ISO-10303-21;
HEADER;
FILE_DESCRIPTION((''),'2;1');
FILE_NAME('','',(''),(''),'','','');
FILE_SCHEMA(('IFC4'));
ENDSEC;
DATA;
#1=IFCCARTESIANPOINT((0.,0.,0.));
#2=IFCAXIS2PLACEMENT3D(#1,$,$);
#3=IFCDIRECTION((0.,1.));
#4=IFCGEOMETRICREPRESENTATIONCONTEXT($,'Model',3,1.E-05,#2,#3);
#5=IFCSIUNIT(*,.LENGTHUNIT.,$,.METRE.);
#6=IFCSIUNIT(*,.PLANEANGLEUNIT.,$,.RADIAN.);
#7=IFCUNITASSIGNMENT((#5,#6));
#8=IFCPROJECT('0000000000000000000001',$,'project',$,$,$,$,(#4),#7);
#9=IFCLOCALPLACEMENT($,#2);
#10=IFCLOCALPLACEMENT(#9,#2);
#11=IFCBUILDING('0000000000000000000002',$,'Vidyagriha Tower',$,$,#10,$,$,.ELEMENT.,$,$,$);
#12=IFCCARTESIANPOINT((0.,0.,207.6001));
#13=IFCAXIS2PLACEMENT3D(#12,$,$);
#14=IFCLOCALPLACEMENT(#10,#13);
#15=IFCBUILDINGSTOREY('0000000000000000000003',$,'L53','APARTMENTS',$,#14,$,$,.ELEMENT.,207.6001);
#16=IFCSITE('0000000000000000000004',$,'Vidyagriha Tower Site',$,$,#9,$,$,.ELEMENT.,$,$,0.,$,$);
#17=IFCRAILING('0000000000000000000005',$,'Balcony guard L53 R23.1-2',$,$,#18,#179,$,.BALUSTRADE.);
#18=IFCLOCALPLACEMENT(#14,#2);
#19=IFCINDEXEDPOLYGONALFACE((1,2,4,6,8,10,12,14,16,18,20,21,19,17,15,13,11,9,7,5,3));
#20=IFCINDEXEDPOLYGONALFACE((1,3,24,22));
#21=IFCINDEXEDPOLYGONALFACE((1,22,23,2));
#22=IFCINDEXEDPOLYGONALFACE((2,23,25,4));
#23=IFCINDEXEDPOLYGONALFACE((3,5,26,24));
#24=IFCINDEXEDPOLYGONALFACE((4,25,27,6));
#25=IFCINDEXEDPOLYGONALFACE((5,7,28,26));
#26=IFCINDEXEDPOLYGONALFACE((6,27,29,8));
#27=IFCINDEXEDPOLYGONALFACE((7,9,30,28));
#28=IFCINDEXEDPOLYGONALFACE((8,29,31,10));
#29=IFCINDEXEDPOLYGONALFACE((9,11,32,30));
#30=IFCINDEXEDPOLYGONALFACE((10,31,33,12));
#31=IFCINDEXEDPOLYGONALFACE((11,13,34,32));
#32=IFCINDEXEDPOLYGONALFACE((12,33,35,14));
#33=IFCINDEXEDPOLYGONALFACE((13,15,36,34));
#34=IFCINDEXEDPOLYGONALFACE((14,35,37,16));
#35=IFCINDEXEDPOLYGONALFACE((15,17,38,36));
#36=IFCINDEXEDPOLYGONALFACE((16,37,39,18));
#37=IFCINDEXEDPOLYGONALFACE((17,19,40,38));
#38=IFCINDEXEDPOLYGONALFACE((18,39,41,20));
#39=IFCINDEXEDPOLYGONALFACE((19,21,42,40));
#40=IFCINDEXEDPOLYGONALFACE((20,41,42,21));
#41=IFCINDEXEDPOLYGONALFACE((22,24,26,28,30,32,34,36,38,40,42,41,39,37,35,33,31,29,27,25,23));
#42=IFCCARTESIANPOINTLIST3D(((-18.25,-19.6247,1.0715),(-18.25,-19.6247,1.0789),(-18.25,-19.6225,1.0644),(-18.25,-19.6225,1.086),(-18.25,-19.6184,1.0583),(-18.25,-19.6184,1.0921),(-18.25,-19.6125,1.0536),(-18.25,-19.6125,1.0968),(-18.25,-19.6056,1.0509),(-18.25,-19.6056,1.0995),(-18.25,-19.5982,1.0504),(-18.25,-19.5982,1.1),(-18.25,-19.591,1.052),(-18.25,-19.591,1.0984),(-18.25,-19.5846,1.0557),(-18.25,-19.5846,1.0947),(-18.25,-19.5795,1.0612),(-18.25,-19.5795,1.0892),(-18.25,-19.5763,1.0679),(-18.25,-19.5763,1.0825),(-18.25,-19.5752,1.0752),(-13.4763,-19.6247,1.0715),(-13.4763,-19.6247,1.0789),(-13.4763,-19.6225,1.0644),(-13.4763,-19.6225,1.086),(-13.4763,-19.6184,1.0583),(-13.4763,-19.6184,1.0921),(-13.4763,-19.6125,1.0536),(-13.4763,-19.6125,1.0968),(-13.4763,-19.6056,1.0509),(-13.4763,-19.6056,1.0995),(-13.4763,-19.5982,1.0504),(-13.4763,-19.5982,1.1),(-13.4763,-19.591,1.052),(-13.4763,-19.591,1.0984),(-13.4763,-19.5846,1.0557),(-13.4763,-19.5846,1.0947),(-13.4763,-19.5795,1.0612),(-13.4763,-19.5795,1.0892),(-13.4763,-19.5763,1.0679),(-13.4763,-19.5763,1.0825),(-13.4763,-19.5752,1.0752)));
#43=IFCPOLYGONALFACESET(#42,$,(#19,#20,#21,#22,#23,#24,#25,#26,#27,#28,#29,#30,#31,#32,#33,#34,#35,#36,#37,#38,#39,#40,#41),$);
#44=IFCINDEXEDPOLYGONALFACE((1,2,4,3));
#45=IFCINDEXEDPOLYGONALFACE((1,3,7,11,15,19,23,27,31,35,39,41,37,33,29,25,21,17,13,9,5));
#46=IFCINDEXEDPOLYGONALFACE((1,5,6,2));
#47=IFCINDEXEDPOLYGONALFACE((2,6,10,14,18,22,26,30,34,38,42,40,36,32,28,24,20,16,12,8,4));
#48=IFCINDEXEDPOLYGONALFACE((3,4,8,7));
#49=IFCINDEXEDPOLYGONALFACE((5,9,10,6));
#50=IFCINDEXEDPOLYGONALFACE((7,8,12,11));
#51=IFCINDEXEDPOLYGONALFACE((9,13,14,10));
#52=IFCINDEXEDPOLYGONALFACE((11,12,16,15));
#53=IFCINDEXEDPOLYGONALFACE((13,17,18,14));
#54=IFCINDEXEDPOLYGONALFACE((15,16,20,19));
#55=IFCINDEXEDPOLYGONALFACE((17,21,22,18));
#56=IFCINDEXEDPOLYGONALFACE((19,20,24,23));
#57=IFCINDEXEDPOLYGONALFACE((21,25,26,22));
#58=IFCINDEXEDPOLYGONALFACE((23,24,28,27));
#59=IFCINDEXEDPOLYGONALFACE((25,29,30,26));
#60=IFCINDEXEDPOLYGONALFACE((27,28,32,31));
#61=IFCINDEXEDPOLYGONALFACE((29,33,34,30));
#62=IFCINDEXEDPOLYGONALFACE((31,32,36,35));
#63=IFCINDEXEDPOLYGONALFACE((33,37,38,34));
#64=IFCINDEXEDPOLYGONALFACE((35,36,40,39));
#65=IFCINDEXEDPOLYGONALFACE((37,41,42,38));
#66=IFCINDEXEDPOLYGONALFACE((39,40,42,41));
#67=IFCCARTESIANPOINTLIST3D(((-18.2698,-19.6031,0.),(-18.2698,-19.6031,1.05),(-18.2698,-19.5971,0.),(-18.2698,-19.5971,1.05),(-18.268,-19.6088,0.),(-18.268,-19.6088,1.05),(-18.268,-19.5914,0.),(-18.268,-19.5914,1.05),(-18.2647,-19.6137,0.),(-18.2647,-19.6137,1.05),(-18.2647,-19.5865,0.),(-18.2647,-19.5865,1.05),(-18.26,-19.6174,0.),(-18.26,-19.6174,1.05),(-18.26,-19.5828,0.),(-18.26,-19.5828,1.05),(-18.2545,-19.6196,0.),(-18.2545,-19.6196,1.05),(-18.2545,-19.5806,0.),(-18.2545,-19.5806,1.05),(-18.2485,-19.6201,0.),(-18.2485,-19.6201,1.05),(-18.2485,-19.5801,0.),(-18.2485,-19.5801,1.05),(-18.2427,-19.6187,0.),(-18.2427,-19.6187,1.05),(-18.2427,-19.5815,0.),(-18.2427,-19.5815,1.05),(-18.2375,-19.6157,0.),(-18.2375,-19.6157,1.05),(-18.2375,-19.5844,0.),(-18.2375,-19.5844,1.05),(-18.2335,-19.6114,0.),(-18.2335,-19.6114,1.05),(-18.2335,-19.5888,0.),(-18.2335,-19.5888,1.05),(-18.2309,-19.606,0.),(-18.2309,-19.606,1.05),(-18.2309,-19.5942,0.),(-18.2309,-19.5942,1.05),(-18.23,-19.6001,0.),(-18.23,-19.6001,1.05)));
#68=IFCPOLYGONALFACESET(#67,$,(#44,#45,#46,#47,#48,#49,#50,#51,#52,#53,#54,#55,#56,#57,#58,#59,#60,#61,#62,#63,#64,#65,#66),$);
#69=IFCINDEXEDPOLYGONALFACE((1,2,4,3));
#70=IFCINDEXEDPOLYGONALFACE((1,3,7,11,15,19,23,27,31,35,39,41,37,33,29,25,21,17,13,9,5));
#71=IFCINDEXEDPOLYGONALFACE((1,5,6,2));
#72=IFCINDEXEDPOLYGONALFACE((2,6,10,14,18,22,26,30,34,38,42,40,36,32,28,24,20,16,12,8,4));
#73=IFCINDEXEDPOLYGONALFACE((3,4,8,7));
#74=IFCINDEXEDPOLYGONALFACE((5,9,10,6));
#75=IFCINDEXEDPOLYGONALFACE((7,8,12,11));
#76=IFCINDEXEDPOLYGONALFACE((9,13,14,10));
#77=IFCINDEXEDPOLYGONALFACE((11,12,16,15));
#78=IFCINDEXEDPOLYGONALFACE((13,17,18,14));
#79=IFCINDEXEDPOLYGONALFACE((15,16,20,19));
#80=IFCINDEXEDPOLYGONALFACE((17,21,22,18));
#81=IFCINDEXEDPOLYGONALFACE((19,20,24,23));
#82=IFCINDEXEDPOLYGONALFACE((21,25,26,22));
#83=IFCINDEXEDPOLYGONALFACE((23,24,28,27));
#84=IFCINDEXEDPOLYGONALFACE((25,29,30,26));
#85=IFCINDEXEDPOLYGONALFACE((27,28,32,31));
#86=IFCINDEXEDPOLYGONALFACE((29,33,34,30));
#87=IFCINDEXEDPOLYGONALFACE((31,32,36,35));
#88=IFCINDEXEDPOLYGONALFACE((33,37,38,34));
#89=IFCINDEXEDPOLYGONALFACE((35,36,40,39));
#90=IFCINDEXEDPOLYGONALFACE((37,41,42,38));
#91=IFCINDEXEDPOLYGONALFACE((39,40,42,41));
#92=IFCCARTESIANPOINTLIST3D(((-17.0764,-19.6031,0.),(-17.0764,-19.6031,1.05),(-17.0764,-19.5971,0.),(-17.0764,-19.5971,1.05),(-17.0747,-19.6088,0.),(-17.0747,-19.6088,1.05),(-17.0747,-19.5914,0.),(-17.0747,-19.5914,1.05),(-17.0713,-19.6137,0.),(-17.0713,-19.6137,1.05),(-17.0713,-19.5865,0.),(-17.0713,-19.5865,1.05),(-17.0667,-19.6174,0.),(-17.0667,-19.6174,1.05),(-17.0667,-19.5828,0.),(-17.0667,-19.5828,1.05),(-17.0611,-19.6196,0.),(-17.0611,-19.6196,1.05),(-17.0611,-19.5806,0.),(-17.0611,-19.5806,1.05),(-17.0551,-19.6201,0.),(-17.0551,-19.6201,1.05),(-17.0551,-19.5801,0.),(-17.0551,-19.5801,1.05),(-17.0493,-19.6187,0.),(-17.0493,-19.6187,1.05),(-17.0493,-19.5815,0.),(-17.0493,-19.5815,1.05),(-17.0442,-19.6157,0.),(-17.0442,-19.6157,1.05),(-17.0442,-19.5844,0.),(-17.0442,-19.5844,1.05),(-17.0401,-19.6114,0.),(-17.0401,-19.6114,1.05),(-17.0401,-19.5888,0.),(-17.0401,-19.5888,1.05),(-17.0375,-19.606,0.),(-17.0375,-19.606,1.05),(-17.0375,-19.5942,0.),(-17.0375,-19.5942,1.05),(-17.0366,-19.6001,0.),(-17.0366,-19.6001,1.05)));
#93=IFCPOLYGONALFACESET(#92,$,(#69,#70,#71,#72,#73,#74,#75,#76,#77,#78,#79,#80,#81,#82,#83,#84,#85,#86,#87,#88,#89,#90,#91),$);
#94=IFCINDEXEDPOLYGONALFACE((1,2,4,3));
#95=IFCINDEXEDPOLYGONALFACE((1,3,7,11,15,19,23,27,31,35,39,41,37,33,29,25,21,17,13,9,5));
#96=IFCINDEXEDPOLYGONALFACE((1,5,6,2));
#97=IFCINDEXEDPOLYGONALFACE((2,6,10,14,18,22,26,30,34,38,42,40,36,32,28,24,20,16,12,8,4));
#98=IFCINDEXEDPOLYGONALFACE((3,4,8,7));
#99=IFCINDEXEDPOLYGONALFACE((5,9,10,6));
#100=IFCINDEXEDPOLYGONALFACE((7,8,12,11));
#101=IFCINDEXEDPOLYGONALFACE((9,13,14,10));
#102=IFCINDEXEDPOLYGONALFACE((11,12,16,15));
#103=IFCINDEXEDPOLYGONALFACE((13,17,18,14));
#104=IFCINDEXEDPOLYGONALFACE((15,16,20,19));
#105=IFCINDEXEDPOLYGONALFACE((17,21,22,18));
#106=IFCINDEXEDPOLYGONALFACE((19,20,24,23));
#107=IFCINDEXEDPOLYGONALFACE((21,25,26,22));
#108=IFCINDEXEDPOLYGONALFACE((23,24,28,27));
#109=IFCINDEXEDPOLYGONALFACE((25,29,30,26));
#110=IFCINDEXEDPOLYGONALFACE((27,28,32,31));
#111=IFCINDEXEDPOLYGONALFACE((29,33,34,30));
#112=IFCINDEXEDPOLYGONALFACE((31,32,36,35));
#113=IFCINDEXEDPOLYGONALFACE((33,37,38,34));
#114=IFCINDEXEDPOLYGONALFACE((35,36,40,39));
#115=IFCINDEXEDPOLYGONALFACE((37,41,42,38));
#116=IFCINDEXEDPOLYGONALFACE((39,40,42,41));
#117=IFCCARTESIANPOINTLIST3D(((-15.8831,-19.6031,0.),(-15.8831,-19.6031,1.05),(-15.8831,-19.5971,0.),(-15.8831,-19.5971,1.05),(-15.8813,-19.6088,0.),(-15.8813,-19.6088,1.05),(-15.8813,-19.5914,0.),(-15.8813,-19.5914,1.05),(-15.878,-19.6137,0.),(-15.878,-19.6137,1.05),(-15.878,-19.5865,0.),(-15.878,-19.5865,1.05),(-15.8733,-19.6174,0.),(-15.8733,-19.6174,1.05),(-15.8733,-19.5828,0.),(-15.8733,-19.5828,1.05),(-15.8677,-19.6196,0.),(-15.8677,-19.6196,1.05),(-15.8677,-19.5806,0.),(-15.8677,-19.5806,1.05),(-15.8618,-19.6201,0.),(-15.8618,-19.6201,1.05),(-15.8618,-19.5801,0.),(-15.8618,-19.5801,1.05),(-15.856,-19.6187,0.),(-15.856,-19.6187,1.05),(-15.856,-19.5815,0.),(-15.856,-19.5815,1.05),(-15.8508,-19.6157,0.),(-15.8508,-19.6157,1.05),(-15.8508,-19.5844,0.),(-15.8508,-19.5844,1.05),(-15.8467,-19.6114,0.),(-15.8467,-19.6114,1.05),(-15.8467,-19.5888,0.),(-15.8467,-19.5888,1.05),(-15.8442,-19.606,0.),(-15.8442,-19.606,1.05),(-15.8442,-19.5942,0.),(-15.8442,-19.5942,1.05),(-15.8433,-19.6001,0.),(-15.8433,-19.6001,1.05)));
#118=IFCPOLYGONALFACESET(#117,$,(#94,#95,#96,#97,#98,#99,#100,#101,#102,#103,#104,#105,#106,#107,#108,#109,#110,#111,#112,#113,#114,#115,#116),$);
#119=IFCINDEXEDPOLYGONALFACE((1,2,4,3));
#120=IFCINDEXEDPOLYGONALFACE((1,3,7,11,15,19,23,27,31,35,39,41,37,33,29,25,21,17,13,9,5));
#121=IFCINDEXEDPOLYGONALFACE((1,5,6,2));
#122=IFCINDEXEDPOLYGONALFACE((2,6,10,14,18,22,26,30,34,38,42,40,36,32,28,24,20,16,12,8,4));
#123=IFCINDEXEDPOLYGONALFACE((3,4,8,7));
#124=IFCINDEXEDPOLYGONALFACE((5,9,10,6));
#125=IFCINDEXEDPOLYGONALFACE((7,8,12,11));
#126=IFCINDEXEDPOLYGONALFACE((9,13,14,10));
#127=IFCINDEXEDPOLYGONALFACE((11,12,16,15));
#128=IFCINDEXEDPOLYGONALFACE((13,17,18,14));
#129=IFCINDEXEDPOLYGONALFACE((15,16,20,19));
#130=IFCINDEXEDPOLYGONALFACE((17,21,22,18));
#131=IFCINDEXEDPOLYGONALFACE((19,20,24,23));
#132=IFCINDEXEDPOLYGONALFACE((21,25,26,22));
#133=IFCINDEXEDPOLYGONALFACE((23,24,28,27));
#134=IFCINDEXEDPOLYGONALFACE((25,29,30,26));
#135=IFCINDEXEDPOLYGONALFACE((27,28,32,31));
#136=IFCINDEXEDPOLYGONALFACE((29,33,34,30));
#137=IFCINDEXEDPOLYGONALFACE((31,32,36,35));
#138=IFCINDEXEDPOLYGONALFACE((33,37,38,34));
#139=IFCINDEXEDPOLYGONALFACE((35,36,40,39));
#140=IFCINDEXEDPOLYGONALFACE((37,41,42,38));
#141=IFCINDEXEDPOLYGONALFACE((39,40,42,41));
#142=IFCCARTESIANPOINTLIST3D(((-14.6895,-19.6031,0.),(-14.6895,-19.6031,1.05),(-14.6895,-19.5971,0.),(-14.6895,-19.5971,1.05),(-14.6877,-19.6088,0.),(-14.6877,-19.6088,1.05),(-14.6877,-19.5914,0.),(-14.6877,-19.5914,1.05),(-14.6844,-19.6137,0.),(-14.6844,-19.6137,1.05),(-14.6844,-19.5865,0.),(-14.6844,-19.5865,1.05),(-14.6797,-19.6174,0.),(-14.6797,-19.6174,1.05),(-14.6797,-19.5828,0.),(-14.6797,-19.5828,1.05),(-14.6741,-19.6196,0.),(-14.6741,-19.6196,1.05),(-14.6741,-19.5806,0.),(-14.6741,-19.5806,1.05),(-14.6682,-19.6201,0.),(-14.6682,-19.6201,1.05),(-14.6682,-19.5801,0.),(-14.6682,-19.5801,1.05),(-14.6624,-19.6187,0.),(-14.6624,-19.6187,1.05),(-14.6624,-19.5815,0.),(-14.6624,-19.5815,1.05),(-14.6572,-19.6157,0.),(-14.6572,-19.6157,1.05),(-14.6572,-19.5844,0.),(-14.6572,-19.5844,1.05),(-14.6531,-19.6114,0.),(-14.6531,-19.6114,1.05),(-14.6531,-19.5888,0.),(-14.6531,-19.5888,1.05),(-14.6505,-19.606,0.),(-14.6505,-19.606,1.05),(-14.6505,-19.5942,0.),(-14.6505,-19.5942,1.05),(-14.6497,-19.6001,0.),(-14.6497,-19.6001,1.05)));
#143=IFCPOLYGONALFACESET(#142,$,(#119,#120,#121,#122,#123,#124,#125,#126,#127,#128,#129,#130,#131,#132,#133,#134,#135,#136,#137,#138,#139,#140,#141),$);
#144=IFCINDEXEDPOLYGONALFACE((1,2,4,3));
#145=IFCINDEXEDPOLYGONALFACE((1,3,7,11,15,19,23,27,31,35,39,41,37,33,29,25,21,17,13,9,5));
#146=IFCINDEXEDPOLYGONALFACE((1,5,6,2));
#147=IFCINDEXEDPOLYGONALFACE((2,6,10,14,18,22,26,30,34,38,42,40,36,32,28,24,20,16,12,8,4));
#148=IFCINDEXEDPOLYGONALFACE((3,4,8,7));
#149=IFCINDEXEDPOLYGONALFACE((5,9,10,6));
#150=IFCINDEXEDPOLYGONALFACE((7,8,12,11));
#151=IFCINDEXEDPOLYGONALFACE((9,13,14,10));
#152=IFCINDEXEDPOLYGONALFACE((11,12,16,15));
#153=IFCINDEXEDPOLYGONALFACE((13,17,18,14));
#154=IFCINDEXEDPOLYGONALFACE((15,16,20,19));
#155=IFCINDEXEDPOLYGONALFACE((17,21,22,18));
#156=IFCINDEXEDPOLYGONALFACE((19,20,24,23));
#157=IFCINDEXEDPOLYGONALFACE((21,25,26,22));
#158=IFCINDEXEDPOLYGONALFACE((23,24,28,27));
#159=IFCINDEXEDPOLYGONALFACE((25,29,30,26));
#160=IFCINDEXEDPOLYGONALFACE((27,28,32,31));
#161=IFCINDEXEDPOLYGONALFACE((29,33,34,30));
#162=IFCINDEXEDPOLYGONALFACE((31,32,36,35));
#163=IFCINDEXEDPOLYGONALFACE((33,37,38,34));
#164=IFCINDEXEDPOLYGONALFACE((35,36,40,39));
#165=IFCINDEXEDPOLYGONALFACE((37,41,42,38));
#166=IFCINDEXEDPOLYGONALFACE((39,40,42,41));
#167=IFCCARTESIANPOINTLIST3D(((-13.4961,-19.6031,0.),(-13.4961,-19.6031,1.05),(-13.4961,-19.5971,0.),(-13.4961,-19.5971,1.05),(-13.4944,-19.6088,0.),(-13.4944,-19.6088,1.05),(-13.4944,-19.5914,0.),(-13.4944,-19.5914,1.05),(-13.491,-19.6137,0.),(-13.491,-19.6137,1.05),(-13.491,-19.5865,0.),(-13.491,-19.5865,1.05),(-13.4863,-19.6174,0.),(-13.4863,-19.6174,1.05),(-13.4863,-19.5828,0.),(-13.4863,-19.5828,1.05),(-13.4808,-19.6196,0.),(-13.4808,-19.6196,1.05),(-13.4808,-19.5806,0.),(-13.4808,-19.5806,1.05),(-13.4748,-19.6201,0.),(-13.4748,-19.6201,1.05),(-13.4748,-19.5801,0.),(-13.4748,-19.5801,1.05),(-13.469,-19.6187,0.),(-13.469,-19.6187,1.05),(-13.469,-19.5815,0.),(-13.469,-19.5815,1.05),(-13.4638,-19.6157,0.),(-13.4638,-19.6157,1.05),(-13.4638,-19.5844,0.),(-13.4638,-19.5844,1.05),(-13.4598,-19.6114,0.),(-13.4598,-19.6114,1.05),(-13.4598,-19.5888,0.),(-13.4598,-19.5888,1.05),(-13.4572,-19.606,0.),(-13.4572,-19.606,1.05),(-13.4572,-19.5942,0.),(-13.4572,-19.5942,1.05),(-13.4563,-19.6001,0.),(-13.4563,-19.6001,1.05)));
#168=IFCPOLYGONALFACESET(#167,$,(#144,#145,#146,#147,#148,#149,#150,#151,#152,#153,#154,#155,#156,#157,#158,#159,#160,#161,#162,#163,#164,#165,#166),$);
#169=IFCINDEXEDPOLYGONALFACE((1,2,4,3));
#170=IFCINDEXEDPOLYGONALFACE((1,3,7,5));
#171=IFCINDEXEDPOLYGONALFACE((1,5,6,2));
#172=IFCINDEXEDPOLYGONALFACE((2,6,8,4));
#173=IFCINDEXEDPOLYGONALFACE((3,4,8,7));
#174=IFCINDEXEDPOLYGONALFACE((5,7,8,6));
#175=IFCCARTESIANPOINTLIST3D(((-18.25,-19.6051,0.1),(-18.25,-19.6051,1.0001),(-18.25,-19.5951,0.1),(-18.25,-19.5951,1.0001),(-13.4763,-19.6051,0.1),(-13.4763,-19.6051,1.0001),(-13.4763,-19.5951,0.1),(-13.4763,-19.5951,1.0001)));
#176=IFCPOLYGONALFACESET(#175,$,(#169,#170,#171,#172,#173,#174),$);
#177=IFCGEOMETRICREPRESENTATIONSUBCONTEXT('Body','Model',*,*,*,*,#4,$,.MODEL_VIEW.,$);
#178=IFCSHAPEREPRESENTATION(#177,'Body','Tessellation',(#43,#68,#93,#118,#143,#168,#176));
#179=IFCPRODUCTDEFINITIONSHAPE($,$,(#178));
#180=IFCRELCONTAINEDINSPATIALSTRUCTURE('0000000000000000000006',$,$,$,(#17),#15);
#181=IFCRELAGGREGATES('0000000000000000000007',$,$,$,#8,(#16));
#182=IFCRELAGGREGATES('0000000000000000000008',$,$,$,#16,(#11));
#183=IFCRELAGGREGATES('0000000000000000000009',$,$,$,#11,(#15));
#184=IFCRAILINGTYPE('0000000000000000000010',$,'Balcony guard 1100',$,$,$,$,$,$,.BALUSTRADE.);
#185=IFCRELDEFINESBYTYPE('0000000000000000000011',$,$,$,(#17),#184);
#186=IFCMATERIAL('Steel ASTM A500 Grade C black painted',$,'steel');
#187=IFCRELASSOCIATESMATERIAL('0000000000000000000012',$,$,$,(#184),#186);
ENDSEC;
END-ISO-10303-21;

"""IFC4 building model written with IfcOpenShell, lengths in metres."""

from ifc_helpers import new_model, si_unit, direction, frame, origin, origin_2d, place, context, subcontext, project, spatial, rectangle, circle, extrude, material, type_object, element, save


model = new_model("IFC4")

# Units and contexts
model_context = context("Model", 3, precision=1e-05, world=origin(), true_north=direction((0.0, 1.0)))
body_context = subcontext(model_context, "Body", "Model", "MODEL_VIEW")
ifc_project = project(units=[si_unit("LENGTHUNIT", "METRE"), si_unit("PLANEANGLEUNIT", "RADIAN")], contexts=[model_context])

# Site, building, storey
site_placement = place(None, origin())
site = spatial("IfcSite", under=ifc_project, at=site_placement, Name="Vidyagriha Tower Site", CompositionType="ELEMENT", RefElevation=0.0)
building_placement = place(site_placement, origin())
building = spatial("IfcBuilding", under=site, at=building_placement, Name="Vidyagriha Tower", CompositionType="ELEMENT")
storey_placement = place(building_placement, frame((0.0, 0.0, 207.6001)))
storey = spatial("IfcBuildingStorey", under=building, at=storey_placement, Name="L53", Description="APARTMENTS", CompositionType="ELEMENT", Elevation=207.6001)

# Railing
ifc_material_1 = material(Name="Steel ASTM A500 Grade C black painted", Category="steel")
railing_type = type_object("IfcRailingType", Name="Balcony guard 1100", PredefinedType="BALUSTRADE", material=ifc_material_1)
railing_1_placement = place(storey_placement, frame((-18.25, -19.6001, 0.0)))
element("IfcRailing", 1, at=railing_1_placement, inside=storey, type_object=railing_type, Name="Balcony guard L53 R23.1-2", PredefinedType="BALUSTRADE", context=body_context, shape_type="SweptSolid", body=[
    extrude(circle(Radius=0.0249, at=origin_2d()), frame((0.0, 0.0, 1.0752), z_axis=(1.0, 0.0, 0.0), x_axis=(0.0, 1.0, 0.0)), (0.0, 0.0, 1.0), 4.7737),
    extrude(circle(Radius=0.02, at=origin_2d()), origin(), (0.0, 0.0, 1.0), 1.05),
    extrude(circle(Radius=0.02, at=origin_2d()), frame((1.1934, 0.0, 0.0)), (0.0, 0.0, 1.0), 1.05),
    extrude(circle(Radius=0.02, at=origin_2d()), frame((2.3867, 0.0, 0.0)), (0.0, 0.0, 1.0), 1.05),
    extrude(circle(Radius=0.02, at=origin_2d()), frame((3.5803, 0.0, 0.0)), (0.0, 0.0, 1.0), 1.05),
    extrude(circle(Radius=0.02, at=origin_2d()), frame((4.7737, 0.0, 0.0)), (0.0, 0.0, 1.0), 1.05),
    extrude(rectangle(XDim=0.01, YDim=0.9001, at=origin_2d()), frame((0.0, 0.0, 0.55), z_axis=(1.0, 0.0, 0.0), x_axis=(0.0, 1.0, 0.0)), (0.0, 0.0, 1.0), 4.7737),
])

save(model, "model.ifc")
